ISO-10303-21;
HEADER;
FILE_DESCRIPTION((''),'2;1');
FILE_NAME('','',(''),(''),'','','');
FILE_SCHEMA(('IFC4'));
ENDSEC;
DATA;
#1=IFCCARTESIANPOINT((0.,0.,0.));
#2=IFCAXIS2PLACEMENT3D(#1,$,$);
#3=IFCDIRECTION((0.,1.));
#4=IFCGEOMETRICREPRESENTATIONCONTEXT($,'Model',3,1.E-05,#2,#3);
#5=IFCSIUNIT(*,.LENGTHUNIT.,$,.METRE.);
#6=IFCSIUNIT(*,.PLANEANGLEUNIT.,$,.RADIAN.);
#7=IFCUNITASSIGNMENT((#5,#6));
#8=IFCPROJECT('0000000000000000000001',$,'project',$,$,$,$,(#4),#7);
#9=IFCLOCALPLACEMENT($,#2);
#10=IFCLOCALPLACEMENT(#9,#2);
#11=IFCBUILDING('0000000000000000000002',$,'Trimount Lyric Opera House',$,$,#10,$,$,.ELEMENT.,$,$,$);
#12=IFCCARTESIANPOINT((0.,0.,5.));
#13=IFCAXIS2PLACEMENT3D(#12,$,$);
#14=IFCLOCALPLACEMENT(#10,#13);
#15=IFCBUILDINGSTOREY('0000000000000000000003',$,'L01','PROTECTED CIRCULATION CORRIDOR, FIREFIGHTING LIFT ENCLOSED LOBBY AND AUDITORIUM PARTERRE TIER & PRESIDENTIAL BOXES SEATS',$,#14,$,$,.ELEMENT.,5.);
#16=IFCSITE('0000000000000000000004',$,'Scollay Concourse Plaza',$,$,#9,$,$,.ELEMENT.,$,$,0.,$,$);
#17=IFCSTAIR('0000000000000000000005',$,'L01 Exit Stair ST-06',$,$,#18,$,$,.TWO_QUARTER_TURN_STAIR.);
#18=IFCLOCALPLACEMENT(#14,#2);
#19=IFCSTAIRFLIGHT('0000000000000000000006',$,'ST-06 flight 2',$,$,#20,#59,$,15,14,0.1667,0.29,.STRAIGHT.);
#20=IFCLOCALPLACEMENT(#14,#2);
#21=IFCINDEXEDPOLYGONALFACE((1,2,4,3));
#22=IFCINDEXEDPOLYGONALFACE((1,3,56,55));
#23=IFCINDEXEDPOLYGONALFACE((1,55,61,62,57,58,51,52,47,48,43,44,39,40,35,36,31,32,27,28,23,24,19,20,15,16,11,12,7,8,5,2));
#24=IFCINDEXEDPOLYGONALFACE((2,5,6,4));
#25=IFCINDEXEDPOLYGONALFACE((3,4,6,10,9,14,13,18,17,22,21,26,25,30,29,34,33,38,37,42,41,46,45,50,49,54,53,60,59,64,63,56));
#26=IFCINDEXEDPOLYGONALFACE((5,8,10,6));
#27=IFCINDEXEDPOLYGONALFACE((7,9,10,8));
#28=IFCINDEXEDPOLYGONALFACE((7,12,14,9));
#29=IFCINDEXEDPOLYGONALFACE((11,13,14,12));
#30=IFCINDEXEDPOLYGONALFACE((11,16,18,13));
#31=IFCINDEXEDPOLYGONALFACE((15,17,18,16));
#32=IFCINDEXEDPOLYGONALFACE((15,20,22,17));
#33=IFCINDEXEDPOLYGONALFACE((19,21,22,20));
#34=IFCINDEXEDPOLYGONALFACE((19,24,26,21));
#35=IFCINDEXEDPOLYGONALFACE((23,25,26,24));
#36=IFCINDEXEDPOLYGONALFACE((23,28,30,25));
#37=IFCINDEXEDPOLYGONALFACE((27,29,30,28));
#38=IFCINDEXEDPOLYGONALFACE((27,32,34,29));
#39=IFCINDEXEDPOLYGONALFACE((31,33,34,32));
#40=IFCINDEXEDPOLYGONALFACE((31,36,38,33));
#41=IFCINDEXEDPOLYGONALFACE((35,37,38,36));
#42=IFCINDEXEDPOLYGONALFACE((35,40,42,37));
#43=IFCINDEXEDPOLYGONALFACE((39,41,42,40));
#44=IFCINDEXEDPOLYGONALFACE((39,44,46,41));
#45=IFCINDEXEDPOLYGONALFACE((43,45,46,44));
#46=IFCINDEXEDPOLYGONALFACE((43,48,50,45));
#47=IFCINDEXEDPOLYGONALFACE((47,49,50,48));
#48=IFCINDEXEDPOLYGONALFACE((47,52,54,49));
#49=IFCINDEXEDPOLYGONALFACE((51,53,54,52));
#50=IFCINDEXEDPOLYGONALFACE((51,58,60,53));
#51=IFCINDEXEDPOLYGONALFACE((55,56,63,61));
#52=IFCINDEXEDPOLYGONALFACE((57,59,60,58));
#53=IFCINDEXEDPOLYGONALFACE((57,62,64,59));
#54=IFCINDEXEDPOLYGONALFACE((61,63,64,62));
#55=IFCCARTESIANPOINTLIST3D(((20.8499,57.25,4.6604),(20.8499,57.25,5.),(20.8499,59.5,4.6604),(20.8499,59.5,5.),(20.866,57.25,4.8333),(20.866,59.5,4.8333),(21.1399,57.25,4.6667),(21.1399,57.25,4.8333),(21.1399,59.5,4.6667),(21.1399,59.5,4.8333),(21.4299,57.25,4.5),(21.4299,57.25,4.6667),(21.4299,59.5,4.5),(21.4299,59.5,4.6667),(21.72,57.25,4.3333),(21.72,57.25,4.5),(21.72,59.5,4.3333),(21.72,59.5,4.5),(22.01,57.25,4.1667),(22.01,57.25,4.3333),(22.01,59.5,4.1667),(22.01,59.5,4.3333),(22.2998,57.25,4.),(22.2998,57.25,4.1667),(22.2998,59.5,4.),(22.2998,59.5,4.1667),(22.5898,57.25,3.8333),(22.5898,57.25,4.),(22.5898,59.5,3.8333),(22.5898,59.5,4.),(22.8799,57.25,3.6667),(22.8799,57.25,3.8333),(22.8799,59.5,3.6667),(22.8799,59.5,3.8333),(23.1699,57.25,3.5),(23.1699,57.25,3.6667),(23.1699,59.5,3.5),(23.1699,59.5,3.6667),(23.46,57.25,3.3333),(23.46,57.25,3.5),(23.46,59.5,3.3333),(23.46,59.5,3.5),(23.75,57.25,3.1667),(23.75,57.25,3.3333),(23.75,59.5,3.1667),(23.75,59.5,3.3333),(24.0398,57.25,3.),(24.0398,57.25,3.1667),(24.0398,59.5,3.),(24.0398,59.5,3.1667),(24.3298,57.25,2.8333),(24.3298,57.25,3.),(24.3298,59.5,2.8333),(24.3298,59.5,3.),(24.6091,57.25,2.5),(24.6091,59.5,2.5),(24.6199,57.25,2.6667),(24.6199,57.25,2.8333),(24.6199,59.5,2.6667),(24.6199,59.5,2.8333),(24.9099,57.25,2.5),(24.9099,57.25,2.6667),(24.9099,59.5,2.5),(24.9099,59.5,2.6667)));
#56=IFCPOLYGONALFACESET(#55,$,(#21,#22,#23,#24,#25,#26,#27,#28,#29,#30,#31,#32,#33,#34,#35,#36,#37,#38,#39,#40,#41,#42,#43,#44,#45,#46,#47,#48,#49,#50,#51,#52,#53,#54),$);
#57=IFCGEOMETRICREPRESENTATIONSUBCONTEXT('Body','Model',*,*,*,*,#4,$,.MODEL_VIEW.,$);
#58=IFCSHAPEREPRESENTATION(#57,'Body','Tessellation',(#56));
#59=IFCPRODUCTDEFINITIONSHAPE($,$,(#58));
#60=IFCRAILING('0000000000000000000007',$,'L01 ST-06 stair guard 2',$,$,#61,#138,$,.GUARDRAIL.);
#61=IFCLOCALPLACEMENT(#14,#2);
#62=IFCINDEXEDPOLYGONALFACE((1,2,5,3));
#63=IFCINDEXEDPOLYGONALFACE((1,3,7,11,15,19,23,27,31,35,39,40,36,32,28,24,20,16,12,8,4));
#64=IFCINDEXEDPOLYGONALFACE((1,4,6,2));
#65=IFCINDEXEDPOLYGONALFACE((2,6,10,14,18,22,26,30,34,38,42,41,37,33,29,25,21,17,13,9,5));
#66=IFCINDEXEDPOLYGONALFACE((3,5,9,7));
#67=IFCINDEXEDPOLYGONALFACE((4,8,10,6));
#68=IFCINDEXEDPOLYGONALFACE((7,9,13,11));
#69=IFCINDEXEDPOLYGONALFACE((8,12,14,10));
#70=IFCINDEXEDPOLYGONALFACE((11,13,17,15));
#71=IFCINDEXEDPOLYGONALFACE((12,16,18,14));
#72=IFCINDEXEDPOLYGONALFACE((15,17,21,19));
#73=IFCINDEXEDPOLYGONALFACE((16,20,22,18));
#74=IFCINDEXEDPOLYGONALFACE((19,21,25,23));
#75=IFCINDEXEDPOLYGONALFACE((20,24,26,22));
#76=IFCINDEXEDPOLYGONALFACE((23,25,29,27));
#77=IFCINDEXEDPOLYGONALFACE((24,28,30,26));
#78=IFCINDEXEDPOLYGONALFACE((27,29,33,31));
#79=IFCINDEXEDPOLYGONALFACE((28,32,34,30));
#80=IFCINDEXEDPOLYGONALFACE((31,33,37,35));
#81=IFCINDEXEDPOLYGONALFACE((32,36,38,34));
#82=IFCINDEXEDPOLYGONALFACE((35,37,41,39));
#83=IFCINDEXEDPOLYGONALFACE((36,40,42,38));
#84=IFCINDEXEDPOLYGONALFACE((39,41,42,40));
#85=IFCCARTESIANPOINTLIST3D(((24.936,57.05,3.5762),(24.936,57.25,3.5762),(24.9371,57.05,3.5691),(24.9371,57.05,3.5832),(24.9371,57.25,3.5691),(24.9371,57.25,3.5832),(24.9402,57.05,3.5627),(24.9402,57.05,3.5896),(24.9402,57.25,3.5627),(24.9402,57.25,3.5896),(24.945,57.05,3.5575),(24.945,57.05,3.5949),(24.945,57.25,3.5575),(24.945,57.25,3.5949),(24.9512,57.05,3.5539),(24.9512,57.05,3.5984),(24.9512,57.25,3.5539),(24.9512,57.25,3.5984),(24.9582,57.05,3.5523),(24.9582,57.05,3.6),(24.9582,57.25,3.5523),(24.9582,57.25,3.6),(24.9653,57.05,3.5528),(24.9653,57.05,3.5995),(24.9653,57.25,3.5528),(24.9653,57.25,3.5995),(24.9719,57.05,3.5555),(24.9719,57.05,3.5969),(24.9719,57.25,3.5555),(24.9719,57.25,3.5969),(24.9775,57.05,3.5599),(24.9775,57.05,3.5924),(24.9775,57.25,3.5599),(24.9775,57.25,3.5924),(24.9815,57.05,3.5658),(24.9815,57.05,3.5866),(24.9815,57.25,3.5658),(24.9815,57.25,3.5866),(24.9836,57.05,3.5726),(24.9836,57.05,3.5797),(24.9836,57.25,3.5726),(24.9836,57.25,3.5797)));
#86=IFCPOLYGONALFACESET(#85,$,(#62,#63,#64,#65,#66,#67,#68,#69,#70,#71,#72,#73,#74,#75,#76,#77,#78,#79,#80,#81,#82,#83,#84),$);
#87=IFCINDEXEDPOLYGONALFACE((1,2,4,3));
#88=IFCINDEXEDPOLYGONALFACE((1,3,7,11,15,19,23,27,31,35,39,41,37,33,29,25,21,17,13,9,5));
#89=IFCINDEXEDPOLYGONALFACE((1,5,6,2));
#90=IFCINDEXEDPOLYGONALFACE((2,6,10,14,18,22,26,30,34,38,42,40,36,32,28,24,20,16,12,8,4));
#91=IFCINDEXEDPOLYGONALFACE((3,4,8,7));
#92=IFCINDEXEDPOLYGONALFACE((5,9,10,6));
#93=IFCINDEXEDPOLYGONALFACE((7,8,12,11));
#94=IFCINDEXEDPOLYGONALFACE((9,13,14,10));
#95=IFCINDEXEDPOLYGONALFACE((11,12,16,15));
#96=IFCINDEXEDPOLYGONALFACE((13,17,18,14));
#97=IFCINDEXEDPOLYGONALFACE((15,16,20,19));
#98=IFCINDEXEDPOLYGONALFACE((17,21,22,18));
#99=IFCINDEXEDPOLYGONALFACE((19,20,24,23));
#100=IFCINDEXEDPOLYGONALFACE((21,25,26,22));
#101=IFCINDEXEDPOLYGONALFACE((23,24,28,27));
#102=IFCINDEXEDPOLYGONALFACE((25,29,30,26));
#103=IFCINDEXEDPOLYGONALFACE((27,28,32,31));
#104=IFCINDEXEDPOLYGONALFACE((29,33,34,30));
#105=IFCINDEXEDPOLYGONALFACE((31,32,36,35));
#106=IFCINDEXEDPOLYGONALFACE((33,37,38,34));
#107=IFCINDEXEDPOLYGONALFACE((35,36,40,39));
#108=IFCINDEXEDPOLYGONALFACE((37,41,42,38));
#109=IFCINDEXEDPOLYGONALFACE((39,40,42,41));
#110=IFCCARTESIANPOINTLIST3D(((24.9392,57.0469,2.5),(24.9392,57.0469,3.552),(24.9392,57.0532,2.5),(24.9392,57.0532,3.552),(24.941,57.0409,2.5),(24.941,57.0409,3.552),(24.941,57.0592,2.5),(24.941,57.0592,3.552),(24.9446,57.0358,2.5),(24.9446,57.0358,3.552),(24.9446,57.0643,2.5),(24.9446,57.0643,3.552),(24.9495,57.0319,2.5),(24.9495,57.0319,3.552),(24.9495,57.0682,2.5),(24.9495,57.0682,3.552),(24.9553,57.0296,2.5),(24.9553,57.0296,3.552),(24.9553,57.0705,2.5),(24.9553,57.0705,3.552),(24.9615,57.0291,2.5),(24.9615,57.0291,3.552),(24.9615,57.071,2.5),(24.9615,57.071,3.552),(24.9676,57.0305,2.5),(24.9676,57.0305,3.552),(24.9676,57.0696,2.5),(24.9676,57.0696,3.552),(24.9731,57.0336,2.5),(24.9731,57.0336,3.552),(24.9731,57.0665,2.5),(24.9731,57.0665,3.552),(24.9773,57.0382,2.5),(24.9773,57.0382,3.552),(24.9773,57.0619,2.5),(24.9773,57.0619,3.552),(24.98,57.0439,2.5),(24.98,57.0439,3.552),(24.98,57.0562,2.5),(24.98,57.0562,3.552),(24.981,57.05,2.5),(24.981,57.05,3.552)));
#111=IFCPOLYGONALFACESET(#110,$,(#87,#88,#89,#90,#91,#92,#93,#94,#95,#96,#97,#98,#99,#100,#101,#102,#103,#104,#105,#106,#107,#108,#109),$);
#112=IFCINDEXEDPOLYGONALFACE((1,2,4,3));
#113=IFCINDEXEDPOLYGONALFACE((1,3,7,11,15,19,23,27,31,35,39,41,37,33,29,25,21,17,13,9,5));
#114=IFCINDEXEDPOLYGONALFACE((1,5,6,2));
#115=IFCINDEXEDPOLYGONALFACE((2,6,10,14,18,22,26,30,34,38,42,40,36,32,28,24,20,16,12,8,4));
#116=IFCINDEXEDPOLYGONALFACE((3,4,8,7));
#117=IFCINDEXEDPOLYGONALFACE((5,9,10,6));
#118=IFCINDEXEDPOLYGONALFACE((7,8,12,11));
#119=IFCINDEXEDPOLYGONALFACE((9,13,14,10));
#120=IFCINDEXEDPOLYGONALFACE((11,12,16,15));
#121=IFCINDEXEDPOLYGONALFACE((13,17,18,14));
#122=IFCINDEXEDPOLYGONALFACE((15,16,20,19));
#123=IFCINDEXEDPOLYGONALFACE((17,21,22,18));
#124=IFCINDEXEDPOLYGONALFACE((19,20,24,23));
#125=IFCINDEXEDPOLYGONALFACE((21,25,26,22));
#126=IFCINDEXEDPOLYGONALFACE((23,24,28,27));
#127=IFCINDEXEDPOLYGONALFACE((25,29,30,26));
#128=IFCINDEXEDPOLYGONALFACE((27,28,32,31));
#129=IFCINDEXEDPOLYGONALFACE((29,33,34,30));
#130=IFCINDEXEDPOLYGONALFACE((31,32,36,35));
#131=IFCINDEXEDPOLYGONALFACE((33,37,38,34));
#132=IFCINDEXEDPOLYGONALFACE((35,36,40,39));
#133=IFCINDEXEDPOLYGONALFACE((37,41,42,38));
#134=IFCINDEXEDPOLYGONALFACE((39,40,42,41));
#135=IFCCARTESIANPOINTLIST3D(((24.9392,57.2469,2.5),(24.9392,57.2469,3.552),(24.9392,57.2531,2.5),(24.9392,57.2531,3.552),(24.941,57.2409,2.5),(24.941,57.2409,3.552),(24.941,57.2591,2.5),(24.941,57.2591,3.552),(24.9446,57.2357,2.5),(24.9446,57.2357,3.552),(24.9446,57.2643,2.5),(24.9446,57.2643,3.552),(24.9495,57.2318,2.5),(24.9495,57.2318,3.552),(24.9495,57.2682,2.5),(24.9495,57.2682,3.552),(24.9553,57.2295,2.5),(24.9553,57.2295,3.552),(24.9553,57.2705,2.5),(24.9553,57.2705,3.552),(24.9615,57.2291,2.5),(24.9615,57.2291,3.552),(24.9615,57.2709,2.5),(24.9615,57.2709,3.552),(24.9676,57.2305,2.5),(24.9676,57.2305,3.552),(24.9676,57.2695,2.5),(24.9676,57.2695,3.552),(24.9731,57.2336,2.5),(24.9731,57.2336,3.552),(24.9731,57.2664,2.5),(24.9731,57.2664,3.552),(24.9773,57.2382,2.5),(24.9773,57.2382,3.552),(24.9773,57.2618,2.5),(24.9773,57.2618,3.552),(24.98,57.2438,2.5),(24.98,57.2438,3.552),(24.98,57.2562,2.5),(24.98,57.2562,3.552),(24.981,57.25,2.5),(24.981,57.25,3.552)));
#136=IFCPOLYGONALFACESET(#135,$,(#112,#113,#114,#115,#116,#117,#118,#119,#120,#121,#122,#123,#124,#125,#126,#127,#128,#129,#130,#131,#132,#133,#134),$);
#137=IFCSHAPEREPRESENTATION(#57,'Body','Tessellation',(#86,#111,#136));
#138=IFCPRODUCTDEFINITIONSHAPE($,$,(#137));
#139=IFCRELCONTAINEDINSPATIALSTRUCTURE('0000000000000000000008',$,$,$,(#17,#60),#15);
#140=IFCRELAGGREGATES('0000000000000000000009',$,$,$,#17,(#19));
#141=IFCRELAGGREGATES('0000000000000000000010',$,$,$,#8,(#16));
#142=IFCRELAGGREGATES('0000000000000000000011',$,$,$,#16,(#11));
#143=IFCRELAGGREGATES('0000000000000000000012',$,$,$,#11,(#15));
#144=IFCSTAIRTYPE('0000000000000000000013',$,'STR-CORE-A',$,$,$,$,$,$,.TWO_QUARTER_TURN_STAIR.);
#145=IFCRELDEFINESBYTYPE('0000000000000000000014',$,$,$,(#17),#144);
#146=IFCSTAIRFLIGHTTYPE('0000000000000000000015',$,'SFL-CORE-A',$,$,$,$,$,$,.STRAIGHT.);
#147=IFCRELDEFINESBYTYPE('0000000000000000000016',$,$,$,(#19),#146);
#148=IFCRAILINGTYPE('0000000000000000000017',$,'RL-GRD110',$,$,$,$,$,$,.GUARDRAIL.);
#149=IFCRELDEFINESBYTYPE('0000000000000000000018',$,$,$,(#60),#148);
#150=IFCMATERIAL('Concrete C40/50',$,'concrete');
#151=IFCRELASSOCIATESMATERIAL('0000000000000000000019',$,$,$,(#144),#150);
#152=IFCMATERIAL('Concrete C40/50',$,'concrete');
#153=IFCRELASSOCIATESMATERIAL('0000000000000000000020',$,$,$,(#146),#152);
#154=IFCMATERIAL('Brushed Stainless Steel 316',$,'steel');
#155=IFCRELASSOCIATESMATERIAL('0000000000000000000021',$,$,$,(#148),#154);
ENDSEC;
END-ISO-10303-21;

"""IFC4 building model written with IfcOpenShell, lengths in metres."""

from ifc_helpers import new_model, si_unit, direction, frame, origin, origin_2d, place, context, subcontext, project, spatial, polyline, circle, outline, extrude, material, type_object, element, aggregate, save


model = new_model("IFC4")

# Units and contexts
model_context = context("Model", 3, precision=1e-05, world=origin(), true_north=direction((0.0, 1.0)))
body_context = subcontext(model_context, "Body", "Model", "MODEL_VIEW")
ifc_project = project(units=[si_unit("LENGTHUNIT", "METRE"), si_unit("PLANEANGLEUNIT", "RADIAN")], contexts=[model_context])

# Site, building, storey
site_placement = place(None, origin())
site = spatial("IfcSite", under=ifc_project, at=site_placement, Name="Scollay Concourse Plaza", CompositionType="ELEMENT", RefElevation=0.0)
building_placement = place(site_placement, origin())
building = spatial("IfcBuilding", under=site, at=building_placement, Name="Trimount Lyric Opera House", CompositionType="ELEMENT")
storey_placement = place(building_placement, frame((0.0, 0.0, 5.0)))
storey = spatial("IfcBuildingStorey", under=building, at=storey_placement, Name="L01", Description="PROTECTED CIRCULATION CORRIDOR, FIREFIGHTING LIFT ENCLOSED LOBBY AND AUDITORIUM PARTERRE TIER & PRESIDENTIAL BOXES SEATS", CompositionType="ELEMENT", Elevation=5.0)

# Stair, stair flight
ifc_material_1 = material(Name="Concrete C40/50", Category="concrete")
stair_type = type_object("IfcStairType", Name="STR-CORE-A", PredefinedType="TWO_QUARTER_TURN_STAIR", material=ifc_material_1)
stair_placement = place(storey_placement, origin())
stair = element("IfcStair", 1, at=stair_placement, inside=storey, type_object=stair_type, Name="L01 Exit Stair ST-06", PredefinedType="TWO_QUARTER_TURN_STAIR")
ifc_material_2 = material(Name="Concrete C40/50", Category="concrete")
stair_flight_type = type_object("IfcStairFlightType", Name="SFL-CORE-A", PredefinedType="STRAIGHT", material=ifc_material_2)
stair_flight_placement = place(storey_placement, frame((24.9099, 58.375, 2.5), z_axis=(0.0, 0.0, 1.0), x_axis=(-1.0, 0.0, 0.0)))
stair_flight = element("IfcStairFlight", 2, at=stair_flight_placement, type_object=stair_flight_type, Name="ST-06 flight 2", NumberOfRisers=15, NumberOfTreads=14, PredefinedType="STRAIGHT", RiserHeight=0.1667, TreadLength=0.29, context=body_context, shape_type="SweptSolid", body=[
    extrude(outline(polyline([(0.0, 0.0), (0.0, 0.1667), (0.29, 0.1667), (0.29, 0.3333), (0.5801, 0.3333), (0.5801, 0.5), (0.8701, 0.5), (0.8701, 0.6667), (1.1599, 0.6667), (1.1599, 0.8333), (1.45, 0.8333), (1.45, 1.0), (1.74, 1.0), (1.74, 1.1667), (2.03, 1.1667), (2.03, 1.3333), (2.3201, 1.3333), (2.3201, 1.5), (2.6101, 1.5), (2.6101, 1.6667), (2.8999, 1.6667), (2.8999, 1.8333), (3.1899, 1.8333), (3.1899, 2.0), (3.48, 2.0), (3.48, 2.1667), (3.77, 2.1667), (3.77, 2.3333), (4.0439, 2.3333), (4.0601, 2.5), (4.0601, 2.1604), (0.3008, 0.0), (0.0, 0.0)])), frame((0.0, 1.125, 0.0), z_axis=(0.0, -1.0, 0.0), x_axis=(1.0, 0.0, 0.0)), (0.0, 0.0, 1.0), 2.25),
])
aggregate(stair, [stair_flight])

# Railing
ifc_material_3 = material(Name="Brushed Stainless Steel 316", Category="steel")
railing_type_1 = type_object("IfcRailingType", Name="RL-GRD110", PredefinedType="GUARDRAIL", material=ifc_material_3)
railing_1_placement = place(storey_placement, frame((24.96, 57.05, 2.5)))
element("IfcRailing", 3, at=railing_1_placement, inside=storey, type_object=railing_type_1, Name="L01 ST-06 stair guard 2", PredefinedType="GUARDRAIL", context=body_context, shape_type="SweptSolid", body=[
    extrude(circle(Radius=0.0239, at=origin_2d()), frame((0.0, 0.0, 1.0762), z_axis=(0.0, 1.0, 0.0), x_axis=(-1.0, 0.0, 0.0)), (0.0, 0.0, 1.0), 0.2),
    extrude(circle(Radius=0.021, at=origin_2d()), origin(), (0.0, 0.0, 1.0), 1.052),
    extrude(circle(Radius=0.021, at=origin_2d()), frame((0.0, 0.2, 0.0)), (0.0, 0.0, 1.0), 1.052),
])

save(model, "model.ifc")
